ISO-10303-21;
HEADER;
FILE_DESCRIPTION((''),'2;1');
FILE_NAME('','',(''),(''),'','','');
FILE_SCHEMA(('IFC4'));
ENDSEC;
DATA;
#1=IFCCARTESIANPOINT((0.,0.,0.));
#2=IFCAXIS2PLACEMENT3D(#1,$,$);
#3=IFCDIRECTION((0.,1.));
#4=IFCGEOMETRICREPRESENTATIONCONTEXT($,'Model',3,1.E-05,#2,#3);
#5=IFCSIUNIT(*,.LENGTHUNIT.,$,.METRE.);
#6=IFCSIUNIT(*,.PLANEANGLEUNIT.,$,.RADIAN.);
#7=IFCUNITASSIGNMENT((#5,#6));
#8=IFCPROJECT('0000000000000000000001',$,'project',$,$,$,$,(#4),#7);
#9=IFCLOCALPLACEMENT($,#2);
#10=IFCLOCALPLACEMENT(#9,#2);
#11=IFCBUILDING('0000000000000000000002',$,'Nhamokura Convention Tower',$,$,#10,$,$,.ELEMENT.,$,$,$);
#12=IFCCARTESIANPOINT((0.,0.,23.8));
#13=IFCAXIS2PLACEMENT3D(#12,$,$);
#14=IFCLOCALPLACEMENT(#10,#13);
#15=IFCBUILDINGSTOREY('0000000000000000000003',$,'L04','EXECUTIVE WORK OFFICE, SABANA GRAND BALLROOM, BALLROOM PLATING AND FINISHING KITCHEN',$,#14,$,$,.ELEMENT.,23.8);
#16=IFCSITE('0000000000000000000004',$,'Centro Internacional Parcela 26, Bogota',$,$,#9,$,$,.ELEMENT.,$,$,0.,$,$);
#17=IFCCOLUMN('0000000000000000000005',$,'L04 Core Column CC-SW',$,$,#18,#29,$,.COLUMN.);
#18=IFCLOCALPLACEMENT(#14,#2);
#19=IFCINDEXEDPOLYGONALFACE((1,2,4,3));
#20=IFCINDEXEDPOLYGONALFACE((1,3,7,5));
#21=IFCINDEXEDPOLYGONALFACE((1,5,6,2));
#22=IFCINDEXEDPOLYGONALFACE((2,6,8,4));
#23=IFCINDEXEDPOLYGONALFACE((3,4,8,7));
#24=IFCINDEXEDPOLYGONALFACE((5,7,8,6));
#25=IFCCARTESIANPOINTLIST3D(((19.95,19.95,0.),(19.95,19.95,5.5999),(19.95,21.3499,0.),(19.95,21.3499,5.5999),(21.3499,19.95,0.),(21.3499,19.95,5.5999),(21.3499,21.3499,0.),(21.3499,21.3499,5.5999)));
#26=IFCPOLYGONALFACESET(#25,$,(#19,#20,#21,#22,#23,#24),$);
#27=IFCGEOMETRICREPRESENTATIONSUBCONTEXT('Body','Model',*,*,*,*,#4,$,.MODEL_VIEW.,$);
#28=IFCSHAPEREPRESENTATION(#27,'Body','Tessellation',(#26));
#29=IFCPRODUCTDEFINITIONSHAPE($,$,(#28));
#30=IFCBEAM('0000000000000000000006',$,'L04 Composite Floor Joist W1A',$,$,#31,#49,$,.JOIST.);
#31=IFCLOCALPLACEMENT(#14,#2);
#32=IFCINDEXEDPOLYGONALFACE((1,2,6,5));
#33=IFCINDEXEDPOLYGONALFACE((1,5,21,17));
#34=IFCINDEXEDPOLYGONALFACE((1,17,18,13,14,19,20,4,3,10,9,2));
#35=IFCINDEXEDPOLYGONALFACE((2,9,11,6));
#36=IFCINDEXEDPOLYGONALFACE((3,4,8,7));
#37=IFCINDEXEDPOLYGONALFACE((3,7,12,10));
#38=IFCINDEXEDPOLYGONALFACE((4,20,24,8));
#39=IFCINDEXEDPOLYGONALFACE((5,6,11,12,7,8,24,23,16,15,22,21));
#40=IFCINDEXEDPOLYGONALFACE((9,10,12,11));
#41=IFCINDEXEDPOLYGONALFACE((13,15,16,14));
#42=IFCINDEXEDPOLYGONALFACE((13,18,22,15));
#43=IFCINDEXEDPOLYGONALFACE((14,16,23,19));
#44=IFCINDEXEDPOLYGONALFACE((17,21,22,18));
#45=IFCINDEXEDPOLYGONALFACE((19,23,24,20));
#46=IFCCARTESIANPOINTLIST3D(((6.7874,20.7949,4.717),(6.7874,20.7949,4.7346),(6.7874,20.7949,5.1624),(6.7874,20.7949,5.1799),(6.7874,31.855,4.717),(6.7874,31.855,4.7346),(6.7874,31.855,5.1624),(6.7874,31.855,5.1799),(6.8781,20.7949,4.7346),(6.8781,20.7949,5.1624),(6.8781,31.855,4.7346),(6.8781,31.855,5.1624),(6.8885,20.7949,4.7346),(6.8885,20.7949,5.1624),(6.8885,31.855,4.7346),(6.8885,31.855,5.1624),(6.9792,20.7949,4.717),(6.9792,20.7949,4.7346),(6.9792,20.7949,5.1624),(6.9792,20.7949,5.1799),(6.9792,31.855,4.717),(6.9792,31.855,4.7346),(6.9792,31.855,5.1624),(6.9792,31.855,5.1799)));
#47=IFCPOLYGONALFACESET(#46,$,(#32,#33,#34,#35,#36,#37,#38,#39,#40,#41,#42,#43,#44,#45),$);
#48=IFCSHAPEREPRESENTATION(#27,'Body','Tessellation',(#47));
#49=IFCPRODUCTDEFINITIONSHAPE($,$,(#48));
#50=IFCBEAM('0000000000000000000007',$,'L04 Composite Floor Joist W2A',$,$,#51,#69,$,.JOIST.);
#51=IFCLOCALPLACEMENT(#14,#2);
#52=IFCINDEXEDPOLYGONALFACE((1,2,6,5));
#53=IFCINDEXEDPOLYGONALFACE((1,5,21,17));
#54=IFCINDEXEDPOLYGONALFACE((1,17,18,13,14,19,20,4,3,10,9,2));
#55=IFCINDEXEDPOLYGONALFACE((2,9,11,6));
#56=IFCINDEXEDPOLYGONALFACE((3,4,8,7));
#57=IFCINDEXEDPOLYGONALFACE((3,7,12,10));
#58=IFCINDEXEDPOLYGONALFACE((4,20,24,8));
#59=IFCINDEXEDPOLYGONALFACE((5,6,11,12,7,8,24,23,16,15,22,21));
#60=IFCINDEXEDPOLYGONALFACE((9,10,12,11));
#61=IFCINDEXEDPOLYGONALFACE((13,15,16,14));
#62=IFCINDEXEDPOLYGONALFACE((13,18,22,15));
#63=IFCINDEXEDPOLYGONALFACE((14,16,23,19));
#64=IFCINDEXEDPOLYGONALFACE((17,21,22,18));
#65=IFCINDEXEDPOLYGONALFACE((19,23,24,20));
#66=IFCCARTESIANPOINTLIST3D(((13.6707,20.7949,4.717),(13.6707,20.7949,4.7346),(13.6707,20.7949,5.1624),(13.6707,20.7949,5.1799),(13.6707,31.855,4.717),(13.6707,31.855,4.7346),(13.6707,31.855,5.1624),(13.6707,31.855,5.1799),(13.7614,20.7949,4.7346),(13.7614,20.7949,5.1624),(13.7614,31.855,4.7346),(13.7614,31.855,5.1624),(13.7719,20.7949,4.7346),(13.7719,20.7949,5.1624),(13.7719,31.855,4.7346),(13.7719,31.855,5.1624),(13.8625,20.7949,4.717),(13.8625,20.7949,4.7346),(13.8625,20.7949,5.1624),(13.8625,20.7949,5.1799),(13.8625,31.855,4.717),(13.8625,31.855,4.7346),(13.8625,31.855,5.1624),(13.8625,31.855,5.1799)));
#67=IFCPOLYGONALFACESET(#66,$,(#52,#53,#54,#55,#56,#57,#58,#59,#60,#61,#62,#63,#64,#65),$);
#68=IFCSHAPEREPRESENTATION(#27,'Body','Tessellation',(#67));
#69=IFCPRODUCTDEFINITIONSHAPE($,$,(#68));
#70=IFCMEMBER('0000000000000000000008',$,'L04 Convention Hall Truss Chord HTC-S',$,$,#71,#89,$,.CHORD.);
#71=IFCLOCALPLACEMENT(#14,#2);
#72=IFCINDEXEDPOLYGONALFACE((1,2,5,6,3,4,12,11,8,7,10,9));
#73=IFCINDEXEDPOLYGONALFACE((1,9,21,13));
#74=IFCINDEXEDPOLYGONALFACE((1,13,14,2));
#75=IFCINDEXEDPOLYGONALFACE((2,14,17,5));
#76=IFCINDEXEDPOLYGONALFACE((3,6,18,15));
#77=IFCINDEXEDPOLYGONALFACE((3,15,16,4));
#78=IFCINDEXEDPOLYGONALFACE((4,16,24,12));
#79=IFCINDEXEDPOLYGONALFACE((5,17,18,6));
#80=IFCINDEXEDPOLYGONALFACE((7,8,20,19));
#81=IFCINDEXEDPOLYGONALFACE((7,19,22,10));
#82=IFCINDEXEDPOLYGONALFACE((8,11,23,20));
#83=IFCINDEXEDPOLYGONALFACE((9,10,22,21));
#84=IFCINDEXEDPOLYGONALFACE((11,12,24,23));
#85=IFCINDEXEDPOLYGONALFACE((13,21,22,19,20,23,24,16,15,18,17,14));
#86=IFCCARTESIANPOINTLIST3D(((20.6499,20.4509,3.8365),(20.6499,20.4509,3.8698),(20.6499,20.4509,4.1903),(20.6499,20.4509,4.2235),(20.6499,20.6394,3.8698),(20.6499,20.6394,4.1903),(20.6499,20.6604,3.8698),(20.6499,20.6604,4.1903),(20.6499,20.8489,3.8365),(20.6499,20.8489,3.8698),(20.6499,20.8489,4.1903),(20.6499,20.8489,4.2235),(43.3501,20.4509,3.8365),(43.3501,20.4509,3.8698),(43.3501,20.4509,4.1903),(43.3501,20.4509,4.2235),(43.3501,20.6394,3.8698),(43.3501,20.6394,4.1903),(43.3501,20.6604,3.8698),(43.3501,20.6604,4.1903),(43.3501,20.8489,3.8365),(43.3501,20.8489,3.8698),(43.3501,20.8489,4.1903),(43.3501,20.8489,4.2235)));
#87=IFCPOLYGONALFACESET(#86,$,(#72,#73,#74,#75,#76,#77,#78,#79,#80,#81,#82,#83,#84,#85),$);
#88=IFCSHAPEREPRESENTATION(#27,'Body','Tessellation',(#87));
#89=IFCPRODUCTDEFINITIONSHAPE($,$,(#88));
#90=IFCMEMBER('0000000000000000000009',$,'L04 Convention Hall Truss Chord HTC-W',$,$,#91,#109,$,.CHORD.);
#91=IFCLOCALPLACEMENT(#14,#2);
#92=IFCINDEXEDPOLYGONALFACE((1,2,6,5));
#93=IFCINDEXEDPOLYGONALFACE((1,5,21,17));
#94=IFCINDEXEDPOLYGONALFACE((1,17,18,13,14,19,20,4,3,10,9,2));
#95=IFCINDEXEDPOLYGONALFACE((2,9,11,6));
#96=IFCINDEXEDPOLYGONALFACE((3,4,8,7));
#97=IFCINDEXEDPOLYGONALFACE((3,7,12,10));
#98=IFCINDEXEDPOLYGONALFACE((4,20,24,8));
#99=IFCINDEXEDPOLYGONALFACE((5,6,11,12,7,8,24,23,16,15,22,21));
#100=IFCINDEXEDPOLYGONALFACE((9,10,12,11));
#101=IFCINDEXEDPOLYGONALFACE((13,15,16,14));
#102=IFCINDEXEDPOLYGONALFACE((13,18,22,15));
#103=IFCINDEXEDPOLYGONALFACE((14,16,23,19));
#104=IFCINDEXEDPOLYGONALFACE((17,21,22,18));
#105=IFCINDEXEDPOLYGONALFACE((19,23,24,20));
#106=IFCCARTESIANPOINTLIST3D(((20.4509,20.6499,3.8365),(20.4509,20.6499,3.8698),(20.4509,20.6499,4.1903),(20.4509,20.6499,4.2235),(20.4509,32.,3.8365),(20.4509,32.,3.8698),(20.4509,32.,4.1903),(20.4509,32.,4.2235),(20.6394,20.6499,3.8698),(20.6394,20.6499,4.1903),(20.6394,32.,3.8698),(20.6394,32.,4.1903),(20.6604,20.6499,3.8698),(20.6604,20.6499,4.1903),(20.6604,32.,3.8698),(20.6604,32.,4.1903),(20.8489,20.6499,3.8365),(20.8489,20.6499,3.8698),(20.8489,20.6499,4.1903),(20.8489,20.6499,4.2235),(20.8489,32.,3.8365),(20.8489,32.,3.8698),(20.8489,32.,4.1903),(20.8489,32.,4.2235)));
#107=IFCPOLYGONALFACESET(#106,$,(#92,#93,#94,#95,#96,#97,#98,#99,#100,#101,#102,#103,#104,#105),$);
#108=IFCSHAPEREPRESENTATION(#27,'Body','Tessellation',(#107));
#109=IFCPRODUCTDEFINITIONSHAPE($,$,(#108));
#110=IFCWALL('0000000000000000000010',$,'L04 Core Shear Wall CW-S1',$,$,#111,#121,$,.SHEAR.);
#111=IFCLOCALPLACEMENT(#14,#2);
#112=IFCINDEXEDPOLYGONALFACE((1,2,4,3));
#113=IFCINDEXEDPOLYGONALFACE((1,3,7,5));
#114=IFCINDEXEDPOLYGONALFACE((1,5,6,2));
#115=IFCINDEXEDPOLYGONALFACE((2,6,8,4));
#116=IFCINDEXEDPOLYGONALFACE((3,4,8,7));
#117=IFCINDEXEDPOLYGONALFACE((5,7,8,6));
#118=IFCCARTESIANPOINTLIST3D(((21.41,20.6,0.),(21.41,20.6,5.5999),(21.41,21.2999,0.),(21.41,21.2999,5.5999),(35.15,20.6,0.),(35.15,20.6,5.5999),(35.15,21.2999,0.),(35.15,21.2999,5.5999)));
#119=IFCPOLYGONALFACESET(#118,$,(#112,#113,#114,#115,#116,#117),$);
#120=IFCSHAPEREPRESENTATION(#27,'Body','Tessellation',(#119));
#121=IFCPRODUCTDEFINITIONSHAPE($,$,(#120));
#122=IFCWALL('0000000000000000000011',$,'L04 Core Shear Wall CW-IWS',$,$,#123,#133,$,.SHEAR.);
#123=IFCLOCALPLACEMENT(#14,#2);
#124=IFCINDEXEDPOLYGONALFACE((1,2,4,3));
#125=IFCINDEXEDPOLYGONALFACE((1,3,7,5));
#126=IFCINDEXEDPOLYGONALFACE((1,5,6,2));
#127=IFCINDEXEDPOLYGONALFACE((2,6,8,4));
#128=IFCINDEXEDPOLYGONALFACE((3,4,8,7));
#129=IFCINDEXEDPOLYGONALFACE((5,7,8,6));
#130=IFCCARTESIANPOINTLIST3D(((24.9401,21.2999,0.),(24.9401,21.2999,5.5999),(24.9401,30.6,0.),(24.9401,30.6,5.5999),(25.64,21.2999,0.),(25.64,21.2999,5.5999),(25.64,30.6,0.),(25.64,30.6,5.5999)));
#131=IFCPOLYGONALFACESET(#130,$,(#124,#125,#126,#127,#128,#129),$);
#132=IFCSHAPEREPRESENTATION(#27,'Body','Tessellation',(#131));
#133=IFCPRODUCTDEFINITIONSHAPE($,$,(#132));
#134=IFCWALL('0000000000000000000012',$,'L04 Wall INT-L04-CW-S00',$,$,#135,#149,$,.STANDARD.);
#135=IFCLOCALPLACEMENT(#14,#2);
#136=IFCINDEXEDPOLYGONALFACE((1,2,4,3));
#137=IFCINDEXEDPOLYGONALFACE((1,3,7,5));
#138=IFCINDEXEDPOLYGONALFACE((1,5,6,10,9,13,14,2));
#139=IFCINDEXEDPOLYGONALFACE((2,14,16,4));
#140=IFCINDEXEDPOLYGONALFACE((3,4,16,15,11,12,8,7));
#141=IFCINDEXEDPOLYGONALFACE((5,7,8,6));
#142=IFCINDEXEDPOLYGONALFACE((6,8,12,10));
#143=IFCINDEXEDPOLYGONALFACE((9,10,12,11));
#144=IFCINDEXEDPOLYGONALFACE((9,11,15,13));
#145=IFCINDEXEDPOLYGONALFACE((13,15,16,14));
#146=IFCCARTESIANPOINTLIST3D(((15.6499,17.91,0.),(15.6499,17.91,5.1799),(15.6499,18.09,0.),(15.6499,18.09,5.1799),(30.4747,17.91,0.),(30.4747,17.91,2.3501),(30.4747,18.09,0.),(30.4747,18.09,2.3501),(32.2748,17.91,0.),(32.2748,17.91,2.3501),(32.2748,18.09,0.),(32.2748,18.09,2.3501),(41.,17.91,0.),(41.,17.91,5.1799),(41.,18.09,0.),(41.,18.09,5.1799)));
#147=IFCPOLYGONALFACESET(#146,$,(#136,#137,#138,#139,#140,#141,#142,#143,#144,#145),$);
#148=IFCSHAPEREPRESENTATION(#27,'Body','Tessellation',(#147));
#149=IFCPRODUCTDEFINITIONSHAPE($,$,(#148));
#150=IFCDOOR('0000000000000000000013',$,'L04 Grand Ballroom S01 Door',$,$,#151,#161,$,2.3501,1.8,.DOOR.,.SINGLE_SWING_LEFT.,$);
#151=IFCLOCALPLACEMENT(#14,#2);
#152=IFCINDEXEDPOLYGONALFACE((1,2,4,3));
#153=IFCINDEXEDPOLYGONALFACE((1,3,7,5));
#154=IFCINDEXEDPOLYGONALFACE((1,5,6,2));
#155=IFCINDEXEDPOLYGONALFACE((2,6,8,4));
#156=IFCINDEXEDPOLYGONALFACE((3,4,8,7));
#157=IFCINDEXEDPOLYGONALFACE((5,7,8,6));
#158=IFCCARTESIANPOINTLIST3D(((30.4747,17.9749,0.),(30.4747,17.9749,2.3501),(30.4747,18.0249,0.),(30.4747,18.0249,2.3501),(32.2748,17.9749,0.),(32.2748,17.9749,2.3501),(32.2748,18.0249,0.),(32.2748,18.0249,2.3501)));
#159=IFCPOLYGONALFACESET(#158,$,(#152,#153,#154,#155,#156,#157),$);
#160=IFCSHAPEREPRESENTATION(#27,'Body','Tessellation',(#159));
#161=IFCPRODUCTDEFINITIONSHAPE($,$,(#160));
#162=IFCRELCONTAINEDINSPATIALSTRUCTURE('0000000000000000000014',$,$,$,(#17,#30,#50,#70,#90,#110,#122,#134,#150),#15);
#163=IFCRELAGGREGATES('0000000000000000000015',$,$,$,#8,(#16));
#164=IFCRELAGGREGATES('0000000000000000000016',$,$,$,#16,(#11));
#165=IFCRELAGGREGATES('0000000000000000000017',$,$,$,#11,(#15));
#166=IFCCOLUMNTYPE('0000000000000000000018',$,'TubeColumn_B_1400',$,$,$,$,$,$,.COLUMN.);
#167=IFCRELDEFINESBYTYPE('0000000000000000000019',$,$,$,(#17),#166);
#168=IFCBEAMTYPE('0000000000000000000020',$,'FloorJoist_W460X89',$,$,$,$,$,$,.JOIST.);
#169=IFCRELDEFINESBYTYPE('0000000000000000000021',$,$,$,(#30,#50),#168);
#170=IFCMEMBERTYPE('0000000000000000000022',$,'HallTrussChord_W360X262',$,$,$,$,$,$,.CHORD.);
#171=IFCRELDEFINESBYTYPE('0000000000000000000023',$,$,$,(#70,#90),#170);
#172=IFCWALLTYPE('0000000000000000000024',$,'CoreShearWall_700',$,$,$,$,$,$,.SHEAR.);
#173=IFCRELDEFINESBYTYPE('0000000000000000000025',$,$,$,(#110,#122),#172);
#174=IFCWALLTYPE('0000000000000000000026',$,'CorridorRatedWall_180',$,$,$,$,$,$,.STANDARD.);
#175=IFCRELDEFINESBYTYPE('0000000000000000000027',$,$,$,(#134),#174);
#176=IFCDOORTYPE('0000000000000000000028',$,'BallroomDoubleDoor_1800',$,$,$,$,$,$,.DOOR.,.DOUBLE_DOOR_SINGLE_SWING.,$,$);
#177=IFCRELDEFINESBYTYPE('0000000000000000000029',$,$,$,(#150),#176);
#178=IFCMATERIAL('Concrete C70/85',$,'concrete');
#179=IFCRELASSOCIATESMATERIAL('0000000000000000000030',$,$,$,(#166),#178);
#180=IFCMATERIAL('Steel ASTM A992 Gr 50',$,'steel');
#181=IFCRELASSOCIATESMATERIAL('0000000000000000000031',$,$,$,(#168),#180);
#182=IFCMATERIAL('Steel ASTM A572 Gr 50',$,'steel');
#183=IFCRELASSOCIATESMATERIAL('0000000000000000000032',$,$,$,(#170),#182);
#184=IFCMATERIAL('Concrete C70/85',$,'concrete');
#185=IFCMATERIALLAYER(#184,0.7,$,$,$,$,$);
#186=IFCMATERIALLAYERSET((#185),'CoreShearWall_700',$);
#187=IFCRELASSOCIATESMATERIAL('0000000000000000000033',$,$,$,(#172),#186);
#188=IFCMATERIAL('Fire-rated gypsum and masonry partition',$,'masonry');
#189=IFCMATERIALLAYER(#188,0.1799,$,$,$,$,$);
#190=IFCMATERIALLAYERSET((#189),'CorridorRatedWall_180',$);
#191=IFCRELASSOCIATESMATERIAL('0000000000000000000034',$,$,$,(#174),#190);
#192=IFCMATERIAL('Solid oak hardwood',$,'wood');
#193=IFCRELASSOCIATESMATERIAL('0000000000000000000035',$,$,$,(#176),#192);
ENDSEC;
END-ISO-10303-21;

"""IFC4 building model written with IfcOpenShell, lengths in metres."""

from ifc_helpers import new_model, si_unit, direction, frame, frame_2d, origin, origin_2d, place, context, subcontext, project, spatial, rectangle, i_section, extrude, material, layer, layer_set, material_profile, profile_set, type_object, element, fill, save


model = new_model("IFC4")

# Units and contexts
model_context = context("Model", 3, precision=1e-05, world=origin(), true_north=direction((0.0, 1.0)))
body_context = subcontext(model_context, "Body", "Model", "MODEL_VIEW")
ifc_project = project(units=[si_unit("LENGTHUNIT", "METRE"), si_unit("PLANEANGLEUNIT", "RADIAN")], contexts=[model_context])

# Site, building, storey
site_placement = place(None, origin())
site = spatial("IfcSite", under=ifc_project, at=site_placement, Name="Centro Internacional Parcela 26, Bogota", CompositionType="ELEMENT", RefElevation=0.0)
building_placement = place(site_placement, origin())
building = spatial("IfcBuilding", under=site, at=building_placement, Name="Nhamokura Convention Tower", CompositionType="ELEMENT")
storey_placement = place(building_placement, frame((0.0, 0.0, 23.8)))
storey = spatial("IfcBuildingStorey", under=building, at=storey_placement, Name="L04", Description="EXECUTIVE WORK OFFICE, SABANA GRAND BALLROOM, BALLROOM PLATING AND FINISHING KITCHEN", CompositionType="ELEMENT", Elevation=23.8)

# Column
ifc_material_1 = material(Name="Concrete C70/85", Category="concrete")
ifc_material_profile_1 = material_profile(ifc_material_1, rectangle(XDim=1.3999, YDim=1.3999, at=origin_2d()))
ifc_profile_set_1 = profile_set([ifc_material_profile_1], Name="Concrete C70/85")
column_type = type_object("IfcColumnType", Name="TubeColumn_B_1400", PredefinedType="COLUMN", material=ifc_profile_set_1)
column_placement = place(storey_placement, frame((20.6499, 20.6499, 0.0), z_axis=(0.0, 0.0, 1.0), x_axis=(1.0, 0.0, 0.0)))
element("IfcColumn", 1, at=column_placement, inside=storey, type_object=column_type, Name="L04 Core Column CC-SW", PredefinedType="COLUMN", context=body_context, shape_type="SweptSolid", body=[
    extrude(rectangle(XDim=1.3999, YDim=1.3999, at=origin_2d()), origin(), (0.0, 0.0, 1.0), 5.5999),
])

# Beams
ifc_material_2 = material(Name="Steel ASTM A992 Gr 50", Category="steel")
ifc_material_profile_2 = material_profile(ifc_material_2, i_section(OverallWidth=0.1919, OverallDepth=0.4629, WebThickness=0.0105, FlangeThickness=0.0176, at=origin_2d()))
ifc_profile_set_2 = profile_set([ifc_material_profile_2], Name="Steel ASTM A992 Gr 50")
beam_type = type_object("IfcBeamType", Name="FloorJoist_W460X89", PredefinedType="JOIST", material=ifc_profile_set_2)
for number, where, z_axis, x_axis, name in (
    (2, (6.8833, 20.7949, 4.9485), (0.0, 1.0, 0.0), (-1.0, 0.0, 0.0), "L04 Composite Floor Joist W1A"),
    (3, (13.7666, 20.7949, 4.9485), (0.0, 1.0, 0.0), (-1.0, 0.0, 0.0), "L04 Composite Floor Joist W2A"),
):
    element("IfcBeam", number, at=place(storey_placement, frame(where, z_axis=z_axis, x_axis=x_axis)), inside=storey, type_object=beam_type, Name=name, PredefinedType="JOIST", context=body_context, shape_type="SweptSolid", body=[
        extrude(i_section(OverallWidth=0.1919, OverallDepth=0.4629, WebThickness=0.0105, FlangeThickness=0.0176, at=origin_2d()), origin(), (0.0, 0.0, 1.0), 11.0601),
    ])

# Members
ifc_material_3 = material(Name="Steel ASTM A572 Gr 50", Category="steel")
ifc_material_profile_3 = material_profile(ifc_material_3, i_section(OverallWidth=0.3979, OverallDepth=0.387, WebThickness=0.021, FlangeThickness=0.0332, at=origin_2d()))
ifc_profile_set_3 = profile_set([ifc_material_profile_3], Name="Steel ASTM A572 Gr 50")
member_type = type_object("IfcMemberType", Name="HallTrussChord_W360X262", PredefinedType="CHORD", material=ifc_profile_set_3)
member_1_placement = place(storey_placement, frame((20.6499, 20.6499, 4.03), z_axis=(1.0, 0.0, 0.0), x_axis=(0.0, 1.0, 0.0)))
element("IfcMember", 4, at=member_1_placement, inside=storey, type_object=member_type, Name="L04 Convention Hall Truss Chord HTC-S", PredefinedType="CHORD", context=body_context, shape_type="SweptSolid", body=[
    extrude(i_section(OverallWidth=0.3979, OverallDepth=0.387, WebThickness=0.021, FlangeThickness=0.0332, at=origin_2d()), origin(), (0.0, 0.0, 1.0), 22.7002),
])
member_2_placement = place(storey_placement, frame((20.6499, 20.6499, 4.03), z_axis=(0.0, 1.0, 0.0), x_axis=(-1.0, 0.0, 0.0)))
element("IfcMember", 5, at=member_2_placement, inside=storey, type_object=member_type, Name="L04 Convention Hall Truss Chord HTC-W", PredefinedType="CHORD", context=body_context, shape_type="SweptSolid", body=[
    extrude(i_section(OverallWidth=0.3979, OverallDepth=0.387, WebThickness=0.021, FlangeThickness=0.0332, at=origin_2d()), origin(), (0.0, 0.0, 1.0), 11.3501),
])

# Shared definitions
ifc_material_4 = material(Name="Concrete C70/85", Category="concrete")
ifc_layer_1 = layer(ifc_material_4, 0.7)
ifc_layer_set_1 = layer_set([ifc_layer_1], Name="CoreShearWall_700")
wall_type_1 = type_object("IfcWallType", Name="CoreShearWall_700", PredefinedType="SHEAR", material=ifc_layer_set_1)

# Walls
wall_1_placement = place(storey_placement, frame((21.4099, 20.95, 0.0), z_axis=(0.0, 0.0, 1.0), x_axis=(1.0, 0.0, 0.0)))
element("IfcWall", 6, at=wall_1_placement, inside=storey, type_object=wall_type_1, Name="L04 Core Shear Wall CW-S1", PredefinedType="SHEAR", context=body_context, shape_type="SweptSolid", body=[
    extrude(rectangle(XDim=13.74, YDim=0.7, at=frame_2d((6.8701, 0.0))), origin(), (0.0, 0.0, 1.0), 5.5999),
])
wall_2_placement = place(storey_placement, frame((25.29, 21.3, 0.0), z_axis=(0.0, 0.0, 1.0), x_axis=(0.0, 1.0, 0.0)))
element("IfcWall", 7, at=wall_2_placement, inside=storey, type_object=wall_type_1, Name="L04 Core Shear Wall CW-IWS", PredefinedType="SHEAR", context=body_context, shape_type="SweptSolid", body=[
    extrude(rectangle(XDim=9.3, YDim=0.7, at=frame_2d((4.6499, 0.0))), origin(), (0.0, 0.0, 1.0), 5.5999),
])

# Wall, opening, door
ifc_material_5 = material(Name="Fire-rated gypsum and masonry partition", Category="masonry")
ifc_layer_2 = layer(ifc_material_5, 0.1799)
ifc_layer_set_2 = layer_set([ifc_layer_2], Name="CorridorRatedWall_180")
wall_type_2 = type_object("IfcWallType", Name="CorridorRatedWall_180", PredefinedType="STANDARD", material=ifc_layer_set_2)
wall_3_placement = place(storey_placement, frame((15.6499, 18.0, 0.0), z_axis=(0.0, 0.0, 1.0), x_axis=(1.0, 0.0, 0.0)))
wall_3 = element("IfcWall", 8, at=wall_3_placement, inside=storey, type_object=wall_type_2, Name="L04 Wall INT-L04-CW-S00", PredefinedType="STANDARD", context=body_context, shape_type="SweptSolid", body=[
    extrude(rectangle(XDim=25.3501, YDim=0.1799, at=frame_2d((12.675, 0.0))), origin(), (0.0, 0.0, 1.0), 5.1799),
])
opening_1_placement = place(wall_3_placement, frame((14.825, 0.0, 0.0)))
opening_1 = element("IfcOpeningElement", 9, at=opening_1_placement, cuts=wall_3, PredefinedType="OPENING", context=body_context, shape_type="SweptSolid", body=[
    extrude(rectangle(XDim=1.8, YDim=2.3501, at=frame_2d((0.8999, 1.175))), frame((0.0, 0.0999, 0.0), z_axis=(0.0, -1.0, 0.0), x_axis=(1.0, 0.0, 0.0)), (0.0, 0.0, 1.0), 0.2),
])
ifc_material_6 = material(Name="Solid oak hardwood", Category="wood")
door_type_1 = type_object("IfcDoorType", Name="BallroomDoubleDoor_1800", OperationType="DOUBLE_DOOR_SINGLE_SWING", PredefinedType="DOOR", material=ifc_material_6)
door_1_placement = place(opening_1_placement, origin())
door_1 = element("IfcDoor", 10, at=door_1_placement, inside=storey, type_object=door_type_1, Name="L04 Grand Ballroom S01 Door", OperationType="SINGLE_SWING_LEFT", OverallHeight=2.3501, OverallWidth=1.8, PredefinedType="DOOR", context=body_context, shape_type="SweptSolid", body=[
    extrude(rectangle(XDim=1.8, YDim=2.3501, at=frame_2d((0.8999, 1.175))), frame((0.0, 0.0249, 0.0), z_axis=(0.0, -1.0, 0.0), x_axis=(1.0, 0.0, 0.0)), (0.0, 0.0, 1.0), 0.05),
])
fill(opening_1, door_1)

save(model, "model.ifc")
